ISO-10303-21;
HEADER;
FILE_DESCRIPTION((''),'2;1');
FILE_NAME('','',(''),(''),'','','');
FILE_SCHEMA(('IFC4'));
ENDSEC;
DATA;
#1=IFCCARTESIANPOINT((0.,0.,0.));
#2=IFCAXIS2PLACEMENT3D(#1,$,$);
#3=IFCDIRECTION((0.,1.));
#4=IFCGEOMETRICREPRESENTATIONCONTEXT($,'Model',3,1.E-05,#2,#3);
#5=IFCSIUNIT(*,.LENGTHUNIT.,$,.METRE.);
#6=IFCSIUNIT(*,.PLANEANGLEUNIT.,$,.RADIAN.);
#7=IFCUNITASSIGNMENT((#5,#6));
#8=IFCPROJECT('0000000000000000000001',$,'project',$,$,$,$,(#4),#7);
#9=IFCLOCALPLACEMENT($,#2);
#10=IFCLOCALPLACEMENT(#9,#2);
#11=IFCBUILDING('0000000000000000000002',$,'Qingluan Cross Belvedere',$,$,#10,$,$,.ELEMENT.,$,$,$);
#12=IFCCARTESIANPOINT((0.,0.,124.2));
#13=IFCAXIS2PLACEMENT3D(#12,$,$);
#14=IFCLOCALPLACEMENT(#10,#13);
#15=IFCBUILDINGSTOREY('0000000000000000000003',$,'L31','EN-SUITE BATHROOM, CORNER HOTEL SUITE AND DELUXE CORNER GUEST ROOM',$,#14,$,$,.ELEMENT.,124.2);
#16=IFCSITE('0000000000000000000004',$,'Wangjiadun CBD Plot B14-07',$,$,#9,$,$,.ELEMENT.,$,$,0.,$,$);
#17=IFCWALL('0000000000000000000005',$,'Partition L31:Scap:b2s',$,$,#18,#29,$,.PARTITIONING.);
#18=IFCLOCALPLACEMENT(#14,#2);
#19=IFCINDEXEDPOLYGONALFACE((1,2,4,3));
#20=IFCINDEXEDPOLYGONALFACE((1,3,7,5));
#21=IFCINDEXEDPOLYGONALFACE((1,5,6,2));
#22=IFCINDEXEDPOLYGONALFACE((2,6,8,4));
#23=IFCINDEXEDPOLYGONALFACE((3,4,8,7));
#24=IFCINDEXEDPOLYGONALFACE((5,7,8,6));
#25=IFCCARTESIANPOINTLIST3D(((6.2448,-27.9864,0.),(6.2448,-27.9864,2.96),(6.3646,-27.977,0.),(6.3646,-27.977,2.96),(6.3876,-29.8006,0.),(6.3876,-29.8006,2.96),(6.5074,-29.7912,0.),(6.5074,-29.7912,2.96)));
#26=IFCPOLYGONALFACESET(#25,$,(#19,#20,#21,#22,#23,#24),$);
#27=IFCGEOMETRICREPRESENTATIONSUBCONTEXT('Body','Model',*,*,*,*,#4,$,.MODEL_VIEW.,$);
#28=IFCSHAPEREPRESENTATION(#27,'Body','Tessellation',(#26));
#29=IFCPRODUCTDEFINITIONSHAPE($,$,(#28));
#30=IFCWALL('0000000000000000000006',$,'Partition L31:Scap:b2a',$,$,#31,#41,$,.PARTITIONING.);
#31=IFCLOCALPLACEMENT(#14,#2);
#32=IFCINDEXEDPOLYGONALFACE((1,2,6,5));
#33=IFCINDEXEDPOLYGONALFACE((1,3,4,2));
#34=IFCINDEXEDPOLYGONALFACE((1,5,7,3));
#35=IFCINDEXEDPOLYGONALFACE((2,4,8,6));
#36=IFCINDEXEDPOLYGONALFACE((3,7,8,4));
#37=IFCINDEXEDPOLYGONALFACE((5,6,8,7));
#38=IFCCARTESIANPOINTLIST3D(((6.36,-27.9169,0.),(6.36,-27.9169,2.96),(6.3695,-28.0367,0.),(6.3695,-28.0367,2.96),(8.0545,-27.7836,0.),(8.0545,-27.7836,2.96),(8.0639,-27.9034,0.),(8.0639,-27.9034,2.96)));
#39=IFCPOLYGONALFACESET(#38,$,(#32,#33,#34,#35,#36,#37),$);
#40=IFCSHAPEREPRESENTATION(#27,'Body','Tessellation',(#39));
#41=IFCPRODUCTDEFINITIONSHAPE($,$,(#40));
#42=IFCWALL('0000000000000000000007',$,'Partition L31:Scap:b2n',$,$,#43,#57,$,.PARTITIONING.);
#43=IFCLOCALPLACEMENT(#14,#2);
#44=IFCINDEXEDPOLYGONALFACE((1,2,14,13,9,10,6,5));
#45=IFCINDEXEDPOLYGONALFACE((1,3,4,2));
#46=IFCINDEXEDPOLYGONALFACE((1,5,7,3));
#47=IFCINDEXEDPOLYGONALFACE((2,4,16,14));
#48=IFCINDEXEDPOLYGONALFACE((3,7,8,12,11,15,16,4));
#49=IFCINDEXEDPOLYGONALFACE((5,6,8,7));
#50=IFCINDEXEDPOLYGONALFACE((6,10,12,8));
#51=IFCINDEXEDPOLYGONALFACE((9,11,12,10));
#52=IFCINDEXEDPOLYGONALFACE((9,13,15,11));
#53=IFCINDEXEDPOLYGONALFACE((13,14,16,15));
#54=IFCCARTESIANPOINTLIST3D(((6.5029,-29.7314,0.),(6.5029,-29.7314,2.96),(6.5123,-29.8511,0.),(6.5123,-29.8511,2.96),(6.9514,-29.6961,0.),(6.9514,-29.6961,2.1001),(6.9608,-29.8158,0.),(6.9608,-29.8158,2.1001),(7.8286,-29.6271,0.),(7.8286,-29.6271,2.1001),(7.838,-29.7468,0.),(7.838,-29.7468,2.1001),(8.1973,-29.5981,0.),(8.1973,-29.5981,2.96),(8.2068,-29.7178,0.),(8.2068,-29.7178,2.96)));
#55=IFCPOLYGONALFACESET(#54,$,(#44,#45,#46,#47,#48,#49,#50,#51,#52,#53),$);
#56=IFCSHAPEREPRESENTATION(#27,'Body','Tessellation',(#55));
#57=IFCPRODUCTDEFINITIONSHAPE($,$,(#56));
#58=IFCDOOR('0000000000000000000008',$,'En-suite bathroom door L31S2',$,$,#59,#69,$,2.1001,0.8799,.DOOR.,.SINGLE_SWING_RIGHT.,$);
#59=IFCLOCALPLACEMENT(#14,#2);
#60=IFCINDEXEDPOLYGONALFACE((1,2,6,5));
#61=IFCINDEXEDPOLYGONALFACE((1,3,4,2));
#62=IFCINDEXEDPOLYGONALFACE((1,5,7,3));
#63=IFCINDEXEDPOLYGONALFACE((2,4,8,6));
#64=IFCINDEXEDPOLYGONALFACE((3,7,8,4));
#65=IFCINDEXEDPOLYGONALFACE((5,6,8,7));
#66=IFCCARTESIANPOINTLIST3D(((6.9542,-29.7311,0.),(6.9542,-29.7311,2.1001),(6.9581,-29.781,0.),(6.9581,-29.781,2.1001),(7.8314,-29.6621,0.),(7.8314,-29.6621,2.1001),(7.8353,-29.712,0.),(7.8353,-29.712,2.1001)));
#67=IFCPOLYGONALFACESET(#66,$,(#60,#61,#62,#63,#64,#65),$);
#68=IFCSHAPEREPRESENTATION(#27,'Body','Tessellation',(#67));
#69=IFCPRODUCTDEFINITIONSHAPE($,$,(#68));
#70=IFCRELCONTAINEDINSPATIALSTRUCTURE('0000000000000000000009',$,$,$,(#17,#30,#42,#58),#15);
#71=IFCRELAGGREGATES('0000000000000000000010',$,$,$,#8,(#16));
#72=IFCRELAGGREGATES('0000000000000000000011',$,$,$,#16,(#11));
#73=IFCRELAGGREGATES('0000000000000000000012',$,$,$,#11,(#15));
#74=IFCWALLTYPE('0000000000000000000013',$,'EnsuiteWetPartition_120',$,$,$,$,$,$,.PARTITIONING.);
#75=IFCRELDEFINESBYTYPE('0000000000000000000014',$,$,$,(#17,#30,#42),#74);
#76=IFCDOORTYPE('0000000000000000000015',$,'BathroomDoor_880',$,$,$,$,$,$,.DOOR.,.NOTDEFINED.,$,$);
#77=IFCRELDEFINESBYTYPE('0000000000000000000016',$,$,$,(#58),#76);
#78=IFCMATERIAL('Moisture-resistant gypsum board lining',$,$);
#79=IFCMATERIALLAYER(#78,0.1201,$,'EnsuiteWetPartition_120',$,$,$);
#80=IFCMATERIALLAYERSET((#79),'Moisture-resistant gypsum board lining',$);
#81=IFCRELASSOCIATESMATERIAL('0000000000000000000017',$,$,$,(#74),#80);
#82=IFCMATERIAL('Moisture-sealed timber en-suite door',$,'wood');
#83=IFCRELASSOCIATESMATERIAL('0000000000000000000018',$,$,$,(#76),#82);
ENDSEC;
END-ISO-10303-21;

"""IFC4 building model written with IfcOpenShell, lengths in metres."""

from ifc_helpers import new_model, si_unit, direction, frame, frame_2d, origin, place, context, subcontext, project, spatial, rectangle, extrude, material, layer, layer_set, type_object, element, fill, save


model = new_model("IFC4")

# Units and contexts
model_context = context("Model", 3, precision=1e-05, world=origin(), true_north=direction((0.0, 1.0)))
body_context = subcontext(model_context, "Body", "Model", "MODEL_VIEW")
ifc_project = project(units=[si_unit("LENGTHUNIT", "METRE"), si_unit("PLANEANGLEUNIT", "RADIAN")], contexts=[model_context])

# Site, building, storey
site_placement = place(None, origin())
site = spatial("IfcSite", under=ifc_project, at=site_placement, Name="Wangjiadun CBD Plot B14-07", CompositionType="ELEMENT", RefElevation=0.0)
building_placement = place(site_placement, origin())
building = spatial("IfcBuilding", under=site, at=building_placement, Name="Qingluan Cross Belvedere", CompositionType="ELEMENT")
storey_placement = place(building_placement, frame((0.0, 0.0, 124.2)))
storey = spatial("IfcBuildingStorey", under=building, at=storey_placement, Name="L31", Description="EN-SUITE BATHROOM, CORNER HOTEL SUITE AND DELUXE CORNER GUEST ROOM", CompositionType="ELEMENT", Elevation=124.2)

# Shared definitions
ifc_material_1 = material(Name="Moisture-resistant gypsum board lining")
ifc_layer_1 = layer(ifc_material_1, 0.1201, Name="EnsuiteWetPartition_120")
ifc_layer_set_1 = layer_set([ifc_layer_1], Name="Moisture-resistant gypsum board lining")
wall_type_1 = type_object("IfcWallType", Name="EnsuiteWetPartition_120", PredefinedType="PARTITIONING", material=ifc_layer_set_1)
ifc_material_2 = material(Name="Moisture-sealed timber en-suite door", Category="wood")
door_type_1 = type_object("IfcDoorType", Name="BathroomDoor_880", OperationType="NOTDEFINED", PredefinedType="DOOR", material=ifc_material_2)

# Walls
wall_1_placement = place(storey_placement, frame((6.3047, -27.9817, 0.0), z_axis=(0.0, 0.0, 1.0), x_axis=(0.078481, -0.996916, 0.0)))
element("IfcWall", 1, at=wall_1_placement, inside=storey, type_object=wall_type_1, Name="Partition L31:Scap:b2s", PredefinedType="PARTITIONING", context=body_context, shape_type="SweptSolid", body=[
    extrude(rectangle(XDim=1.8198, YDim=0.1201, at=frame_2d((0.9099, 0.0))), origin(), (0.0, 0.0, 1.0), 2.96),
])
wall_2_placement = place(storey_placement, frame((6.3647, -27.9768, 0.0), z_axis=(0.0, 0.0, 1.0), x_axis=(0.99692, 0.078421, 0.0)))
element("IfcWall", 2, at=wall_2_placement, inside=storey, type_object=wall_type_1, Name="Partition L31:Scap:b2a", PredefinedType="PARTITIONING", context=body_context, shape_type="SweptSolid", body=[
    extrude(rectangle(XDim=1.6997, YDim=0.1201, at=frame_2d((0.8499, 0.0))), origin(), (0.0, 0.0, 1.0), 2.96),
])

# Wall, opening, door
wall_3_placement = place(storey_placement, frame((6.5076, -29.7913, 0.0), z_axis=(0.0, 0.0, 1.0), x_axis=(0.99692, 0.078421, 0.0)))
wall_3 = element("IfcWall", 3, at=wall_3_placement, inside=storey, type_object=wall_type_1, Name="Partition L31:Scap:b2n", PredefinedType="PARTITIONING", context=body_context, shape_type="SweptSolid", body=[
    extrude(rectangle(XDim=1.6997, YDim=0.1201, at=frame_2d((0.8499, 0.0))), origin(), (0.0, 0.0, 1.0), 2.96),
])
opening_1_placement = place(wall_3_placement, frame((0.45, 0.0, 0.0)))
opening_1 = element("IfcOpeningElement", 4, at=opening_1_placement, cuts=wall_3, PredefinedType="OPENING", context=body_context, shape_type="SweptSolid", body=[
    extrude(rectangle(XDim=0.8799, YDim=2.1001, at=frame_2d((0.4399, 1.05))), frame((0.0, 0.0701, 0.0), z_axis=(0.0, -1.0, 0.0), x_axis=(1.0, 0.0, 0.0)), (0.0, 0.0, 1.0), 0.1401),
])
door_1_placement = place(opening_1_placement, origin())
door_1 = element("IfcDoor", 5, at=door_1_placement, inside=storey, type_object=door_type_1, Name="En-suite bathroom door L31S2", OperationType="SINGLE_SWING_RIGHT", OverallHeight=2.1001, OverallWidth=0.8799, PredefinedType="DOOR", context=body_context, shape_type="SweptSolid", body=[
    extrude(rectangle(XDim=0.8799, YDim=2.1001, at=frame_2d((0.4399, 1.05))), frame((0.0, 0.0249, 0.0), z_axis=(0.0, -1.0, 0.0), x_axis=(1.0, 0.0, 0.0)), (0.0, 0.0, 1.0), 0.05),
])
fill(opening_1, door_1)

save(model, "model.ifc")
